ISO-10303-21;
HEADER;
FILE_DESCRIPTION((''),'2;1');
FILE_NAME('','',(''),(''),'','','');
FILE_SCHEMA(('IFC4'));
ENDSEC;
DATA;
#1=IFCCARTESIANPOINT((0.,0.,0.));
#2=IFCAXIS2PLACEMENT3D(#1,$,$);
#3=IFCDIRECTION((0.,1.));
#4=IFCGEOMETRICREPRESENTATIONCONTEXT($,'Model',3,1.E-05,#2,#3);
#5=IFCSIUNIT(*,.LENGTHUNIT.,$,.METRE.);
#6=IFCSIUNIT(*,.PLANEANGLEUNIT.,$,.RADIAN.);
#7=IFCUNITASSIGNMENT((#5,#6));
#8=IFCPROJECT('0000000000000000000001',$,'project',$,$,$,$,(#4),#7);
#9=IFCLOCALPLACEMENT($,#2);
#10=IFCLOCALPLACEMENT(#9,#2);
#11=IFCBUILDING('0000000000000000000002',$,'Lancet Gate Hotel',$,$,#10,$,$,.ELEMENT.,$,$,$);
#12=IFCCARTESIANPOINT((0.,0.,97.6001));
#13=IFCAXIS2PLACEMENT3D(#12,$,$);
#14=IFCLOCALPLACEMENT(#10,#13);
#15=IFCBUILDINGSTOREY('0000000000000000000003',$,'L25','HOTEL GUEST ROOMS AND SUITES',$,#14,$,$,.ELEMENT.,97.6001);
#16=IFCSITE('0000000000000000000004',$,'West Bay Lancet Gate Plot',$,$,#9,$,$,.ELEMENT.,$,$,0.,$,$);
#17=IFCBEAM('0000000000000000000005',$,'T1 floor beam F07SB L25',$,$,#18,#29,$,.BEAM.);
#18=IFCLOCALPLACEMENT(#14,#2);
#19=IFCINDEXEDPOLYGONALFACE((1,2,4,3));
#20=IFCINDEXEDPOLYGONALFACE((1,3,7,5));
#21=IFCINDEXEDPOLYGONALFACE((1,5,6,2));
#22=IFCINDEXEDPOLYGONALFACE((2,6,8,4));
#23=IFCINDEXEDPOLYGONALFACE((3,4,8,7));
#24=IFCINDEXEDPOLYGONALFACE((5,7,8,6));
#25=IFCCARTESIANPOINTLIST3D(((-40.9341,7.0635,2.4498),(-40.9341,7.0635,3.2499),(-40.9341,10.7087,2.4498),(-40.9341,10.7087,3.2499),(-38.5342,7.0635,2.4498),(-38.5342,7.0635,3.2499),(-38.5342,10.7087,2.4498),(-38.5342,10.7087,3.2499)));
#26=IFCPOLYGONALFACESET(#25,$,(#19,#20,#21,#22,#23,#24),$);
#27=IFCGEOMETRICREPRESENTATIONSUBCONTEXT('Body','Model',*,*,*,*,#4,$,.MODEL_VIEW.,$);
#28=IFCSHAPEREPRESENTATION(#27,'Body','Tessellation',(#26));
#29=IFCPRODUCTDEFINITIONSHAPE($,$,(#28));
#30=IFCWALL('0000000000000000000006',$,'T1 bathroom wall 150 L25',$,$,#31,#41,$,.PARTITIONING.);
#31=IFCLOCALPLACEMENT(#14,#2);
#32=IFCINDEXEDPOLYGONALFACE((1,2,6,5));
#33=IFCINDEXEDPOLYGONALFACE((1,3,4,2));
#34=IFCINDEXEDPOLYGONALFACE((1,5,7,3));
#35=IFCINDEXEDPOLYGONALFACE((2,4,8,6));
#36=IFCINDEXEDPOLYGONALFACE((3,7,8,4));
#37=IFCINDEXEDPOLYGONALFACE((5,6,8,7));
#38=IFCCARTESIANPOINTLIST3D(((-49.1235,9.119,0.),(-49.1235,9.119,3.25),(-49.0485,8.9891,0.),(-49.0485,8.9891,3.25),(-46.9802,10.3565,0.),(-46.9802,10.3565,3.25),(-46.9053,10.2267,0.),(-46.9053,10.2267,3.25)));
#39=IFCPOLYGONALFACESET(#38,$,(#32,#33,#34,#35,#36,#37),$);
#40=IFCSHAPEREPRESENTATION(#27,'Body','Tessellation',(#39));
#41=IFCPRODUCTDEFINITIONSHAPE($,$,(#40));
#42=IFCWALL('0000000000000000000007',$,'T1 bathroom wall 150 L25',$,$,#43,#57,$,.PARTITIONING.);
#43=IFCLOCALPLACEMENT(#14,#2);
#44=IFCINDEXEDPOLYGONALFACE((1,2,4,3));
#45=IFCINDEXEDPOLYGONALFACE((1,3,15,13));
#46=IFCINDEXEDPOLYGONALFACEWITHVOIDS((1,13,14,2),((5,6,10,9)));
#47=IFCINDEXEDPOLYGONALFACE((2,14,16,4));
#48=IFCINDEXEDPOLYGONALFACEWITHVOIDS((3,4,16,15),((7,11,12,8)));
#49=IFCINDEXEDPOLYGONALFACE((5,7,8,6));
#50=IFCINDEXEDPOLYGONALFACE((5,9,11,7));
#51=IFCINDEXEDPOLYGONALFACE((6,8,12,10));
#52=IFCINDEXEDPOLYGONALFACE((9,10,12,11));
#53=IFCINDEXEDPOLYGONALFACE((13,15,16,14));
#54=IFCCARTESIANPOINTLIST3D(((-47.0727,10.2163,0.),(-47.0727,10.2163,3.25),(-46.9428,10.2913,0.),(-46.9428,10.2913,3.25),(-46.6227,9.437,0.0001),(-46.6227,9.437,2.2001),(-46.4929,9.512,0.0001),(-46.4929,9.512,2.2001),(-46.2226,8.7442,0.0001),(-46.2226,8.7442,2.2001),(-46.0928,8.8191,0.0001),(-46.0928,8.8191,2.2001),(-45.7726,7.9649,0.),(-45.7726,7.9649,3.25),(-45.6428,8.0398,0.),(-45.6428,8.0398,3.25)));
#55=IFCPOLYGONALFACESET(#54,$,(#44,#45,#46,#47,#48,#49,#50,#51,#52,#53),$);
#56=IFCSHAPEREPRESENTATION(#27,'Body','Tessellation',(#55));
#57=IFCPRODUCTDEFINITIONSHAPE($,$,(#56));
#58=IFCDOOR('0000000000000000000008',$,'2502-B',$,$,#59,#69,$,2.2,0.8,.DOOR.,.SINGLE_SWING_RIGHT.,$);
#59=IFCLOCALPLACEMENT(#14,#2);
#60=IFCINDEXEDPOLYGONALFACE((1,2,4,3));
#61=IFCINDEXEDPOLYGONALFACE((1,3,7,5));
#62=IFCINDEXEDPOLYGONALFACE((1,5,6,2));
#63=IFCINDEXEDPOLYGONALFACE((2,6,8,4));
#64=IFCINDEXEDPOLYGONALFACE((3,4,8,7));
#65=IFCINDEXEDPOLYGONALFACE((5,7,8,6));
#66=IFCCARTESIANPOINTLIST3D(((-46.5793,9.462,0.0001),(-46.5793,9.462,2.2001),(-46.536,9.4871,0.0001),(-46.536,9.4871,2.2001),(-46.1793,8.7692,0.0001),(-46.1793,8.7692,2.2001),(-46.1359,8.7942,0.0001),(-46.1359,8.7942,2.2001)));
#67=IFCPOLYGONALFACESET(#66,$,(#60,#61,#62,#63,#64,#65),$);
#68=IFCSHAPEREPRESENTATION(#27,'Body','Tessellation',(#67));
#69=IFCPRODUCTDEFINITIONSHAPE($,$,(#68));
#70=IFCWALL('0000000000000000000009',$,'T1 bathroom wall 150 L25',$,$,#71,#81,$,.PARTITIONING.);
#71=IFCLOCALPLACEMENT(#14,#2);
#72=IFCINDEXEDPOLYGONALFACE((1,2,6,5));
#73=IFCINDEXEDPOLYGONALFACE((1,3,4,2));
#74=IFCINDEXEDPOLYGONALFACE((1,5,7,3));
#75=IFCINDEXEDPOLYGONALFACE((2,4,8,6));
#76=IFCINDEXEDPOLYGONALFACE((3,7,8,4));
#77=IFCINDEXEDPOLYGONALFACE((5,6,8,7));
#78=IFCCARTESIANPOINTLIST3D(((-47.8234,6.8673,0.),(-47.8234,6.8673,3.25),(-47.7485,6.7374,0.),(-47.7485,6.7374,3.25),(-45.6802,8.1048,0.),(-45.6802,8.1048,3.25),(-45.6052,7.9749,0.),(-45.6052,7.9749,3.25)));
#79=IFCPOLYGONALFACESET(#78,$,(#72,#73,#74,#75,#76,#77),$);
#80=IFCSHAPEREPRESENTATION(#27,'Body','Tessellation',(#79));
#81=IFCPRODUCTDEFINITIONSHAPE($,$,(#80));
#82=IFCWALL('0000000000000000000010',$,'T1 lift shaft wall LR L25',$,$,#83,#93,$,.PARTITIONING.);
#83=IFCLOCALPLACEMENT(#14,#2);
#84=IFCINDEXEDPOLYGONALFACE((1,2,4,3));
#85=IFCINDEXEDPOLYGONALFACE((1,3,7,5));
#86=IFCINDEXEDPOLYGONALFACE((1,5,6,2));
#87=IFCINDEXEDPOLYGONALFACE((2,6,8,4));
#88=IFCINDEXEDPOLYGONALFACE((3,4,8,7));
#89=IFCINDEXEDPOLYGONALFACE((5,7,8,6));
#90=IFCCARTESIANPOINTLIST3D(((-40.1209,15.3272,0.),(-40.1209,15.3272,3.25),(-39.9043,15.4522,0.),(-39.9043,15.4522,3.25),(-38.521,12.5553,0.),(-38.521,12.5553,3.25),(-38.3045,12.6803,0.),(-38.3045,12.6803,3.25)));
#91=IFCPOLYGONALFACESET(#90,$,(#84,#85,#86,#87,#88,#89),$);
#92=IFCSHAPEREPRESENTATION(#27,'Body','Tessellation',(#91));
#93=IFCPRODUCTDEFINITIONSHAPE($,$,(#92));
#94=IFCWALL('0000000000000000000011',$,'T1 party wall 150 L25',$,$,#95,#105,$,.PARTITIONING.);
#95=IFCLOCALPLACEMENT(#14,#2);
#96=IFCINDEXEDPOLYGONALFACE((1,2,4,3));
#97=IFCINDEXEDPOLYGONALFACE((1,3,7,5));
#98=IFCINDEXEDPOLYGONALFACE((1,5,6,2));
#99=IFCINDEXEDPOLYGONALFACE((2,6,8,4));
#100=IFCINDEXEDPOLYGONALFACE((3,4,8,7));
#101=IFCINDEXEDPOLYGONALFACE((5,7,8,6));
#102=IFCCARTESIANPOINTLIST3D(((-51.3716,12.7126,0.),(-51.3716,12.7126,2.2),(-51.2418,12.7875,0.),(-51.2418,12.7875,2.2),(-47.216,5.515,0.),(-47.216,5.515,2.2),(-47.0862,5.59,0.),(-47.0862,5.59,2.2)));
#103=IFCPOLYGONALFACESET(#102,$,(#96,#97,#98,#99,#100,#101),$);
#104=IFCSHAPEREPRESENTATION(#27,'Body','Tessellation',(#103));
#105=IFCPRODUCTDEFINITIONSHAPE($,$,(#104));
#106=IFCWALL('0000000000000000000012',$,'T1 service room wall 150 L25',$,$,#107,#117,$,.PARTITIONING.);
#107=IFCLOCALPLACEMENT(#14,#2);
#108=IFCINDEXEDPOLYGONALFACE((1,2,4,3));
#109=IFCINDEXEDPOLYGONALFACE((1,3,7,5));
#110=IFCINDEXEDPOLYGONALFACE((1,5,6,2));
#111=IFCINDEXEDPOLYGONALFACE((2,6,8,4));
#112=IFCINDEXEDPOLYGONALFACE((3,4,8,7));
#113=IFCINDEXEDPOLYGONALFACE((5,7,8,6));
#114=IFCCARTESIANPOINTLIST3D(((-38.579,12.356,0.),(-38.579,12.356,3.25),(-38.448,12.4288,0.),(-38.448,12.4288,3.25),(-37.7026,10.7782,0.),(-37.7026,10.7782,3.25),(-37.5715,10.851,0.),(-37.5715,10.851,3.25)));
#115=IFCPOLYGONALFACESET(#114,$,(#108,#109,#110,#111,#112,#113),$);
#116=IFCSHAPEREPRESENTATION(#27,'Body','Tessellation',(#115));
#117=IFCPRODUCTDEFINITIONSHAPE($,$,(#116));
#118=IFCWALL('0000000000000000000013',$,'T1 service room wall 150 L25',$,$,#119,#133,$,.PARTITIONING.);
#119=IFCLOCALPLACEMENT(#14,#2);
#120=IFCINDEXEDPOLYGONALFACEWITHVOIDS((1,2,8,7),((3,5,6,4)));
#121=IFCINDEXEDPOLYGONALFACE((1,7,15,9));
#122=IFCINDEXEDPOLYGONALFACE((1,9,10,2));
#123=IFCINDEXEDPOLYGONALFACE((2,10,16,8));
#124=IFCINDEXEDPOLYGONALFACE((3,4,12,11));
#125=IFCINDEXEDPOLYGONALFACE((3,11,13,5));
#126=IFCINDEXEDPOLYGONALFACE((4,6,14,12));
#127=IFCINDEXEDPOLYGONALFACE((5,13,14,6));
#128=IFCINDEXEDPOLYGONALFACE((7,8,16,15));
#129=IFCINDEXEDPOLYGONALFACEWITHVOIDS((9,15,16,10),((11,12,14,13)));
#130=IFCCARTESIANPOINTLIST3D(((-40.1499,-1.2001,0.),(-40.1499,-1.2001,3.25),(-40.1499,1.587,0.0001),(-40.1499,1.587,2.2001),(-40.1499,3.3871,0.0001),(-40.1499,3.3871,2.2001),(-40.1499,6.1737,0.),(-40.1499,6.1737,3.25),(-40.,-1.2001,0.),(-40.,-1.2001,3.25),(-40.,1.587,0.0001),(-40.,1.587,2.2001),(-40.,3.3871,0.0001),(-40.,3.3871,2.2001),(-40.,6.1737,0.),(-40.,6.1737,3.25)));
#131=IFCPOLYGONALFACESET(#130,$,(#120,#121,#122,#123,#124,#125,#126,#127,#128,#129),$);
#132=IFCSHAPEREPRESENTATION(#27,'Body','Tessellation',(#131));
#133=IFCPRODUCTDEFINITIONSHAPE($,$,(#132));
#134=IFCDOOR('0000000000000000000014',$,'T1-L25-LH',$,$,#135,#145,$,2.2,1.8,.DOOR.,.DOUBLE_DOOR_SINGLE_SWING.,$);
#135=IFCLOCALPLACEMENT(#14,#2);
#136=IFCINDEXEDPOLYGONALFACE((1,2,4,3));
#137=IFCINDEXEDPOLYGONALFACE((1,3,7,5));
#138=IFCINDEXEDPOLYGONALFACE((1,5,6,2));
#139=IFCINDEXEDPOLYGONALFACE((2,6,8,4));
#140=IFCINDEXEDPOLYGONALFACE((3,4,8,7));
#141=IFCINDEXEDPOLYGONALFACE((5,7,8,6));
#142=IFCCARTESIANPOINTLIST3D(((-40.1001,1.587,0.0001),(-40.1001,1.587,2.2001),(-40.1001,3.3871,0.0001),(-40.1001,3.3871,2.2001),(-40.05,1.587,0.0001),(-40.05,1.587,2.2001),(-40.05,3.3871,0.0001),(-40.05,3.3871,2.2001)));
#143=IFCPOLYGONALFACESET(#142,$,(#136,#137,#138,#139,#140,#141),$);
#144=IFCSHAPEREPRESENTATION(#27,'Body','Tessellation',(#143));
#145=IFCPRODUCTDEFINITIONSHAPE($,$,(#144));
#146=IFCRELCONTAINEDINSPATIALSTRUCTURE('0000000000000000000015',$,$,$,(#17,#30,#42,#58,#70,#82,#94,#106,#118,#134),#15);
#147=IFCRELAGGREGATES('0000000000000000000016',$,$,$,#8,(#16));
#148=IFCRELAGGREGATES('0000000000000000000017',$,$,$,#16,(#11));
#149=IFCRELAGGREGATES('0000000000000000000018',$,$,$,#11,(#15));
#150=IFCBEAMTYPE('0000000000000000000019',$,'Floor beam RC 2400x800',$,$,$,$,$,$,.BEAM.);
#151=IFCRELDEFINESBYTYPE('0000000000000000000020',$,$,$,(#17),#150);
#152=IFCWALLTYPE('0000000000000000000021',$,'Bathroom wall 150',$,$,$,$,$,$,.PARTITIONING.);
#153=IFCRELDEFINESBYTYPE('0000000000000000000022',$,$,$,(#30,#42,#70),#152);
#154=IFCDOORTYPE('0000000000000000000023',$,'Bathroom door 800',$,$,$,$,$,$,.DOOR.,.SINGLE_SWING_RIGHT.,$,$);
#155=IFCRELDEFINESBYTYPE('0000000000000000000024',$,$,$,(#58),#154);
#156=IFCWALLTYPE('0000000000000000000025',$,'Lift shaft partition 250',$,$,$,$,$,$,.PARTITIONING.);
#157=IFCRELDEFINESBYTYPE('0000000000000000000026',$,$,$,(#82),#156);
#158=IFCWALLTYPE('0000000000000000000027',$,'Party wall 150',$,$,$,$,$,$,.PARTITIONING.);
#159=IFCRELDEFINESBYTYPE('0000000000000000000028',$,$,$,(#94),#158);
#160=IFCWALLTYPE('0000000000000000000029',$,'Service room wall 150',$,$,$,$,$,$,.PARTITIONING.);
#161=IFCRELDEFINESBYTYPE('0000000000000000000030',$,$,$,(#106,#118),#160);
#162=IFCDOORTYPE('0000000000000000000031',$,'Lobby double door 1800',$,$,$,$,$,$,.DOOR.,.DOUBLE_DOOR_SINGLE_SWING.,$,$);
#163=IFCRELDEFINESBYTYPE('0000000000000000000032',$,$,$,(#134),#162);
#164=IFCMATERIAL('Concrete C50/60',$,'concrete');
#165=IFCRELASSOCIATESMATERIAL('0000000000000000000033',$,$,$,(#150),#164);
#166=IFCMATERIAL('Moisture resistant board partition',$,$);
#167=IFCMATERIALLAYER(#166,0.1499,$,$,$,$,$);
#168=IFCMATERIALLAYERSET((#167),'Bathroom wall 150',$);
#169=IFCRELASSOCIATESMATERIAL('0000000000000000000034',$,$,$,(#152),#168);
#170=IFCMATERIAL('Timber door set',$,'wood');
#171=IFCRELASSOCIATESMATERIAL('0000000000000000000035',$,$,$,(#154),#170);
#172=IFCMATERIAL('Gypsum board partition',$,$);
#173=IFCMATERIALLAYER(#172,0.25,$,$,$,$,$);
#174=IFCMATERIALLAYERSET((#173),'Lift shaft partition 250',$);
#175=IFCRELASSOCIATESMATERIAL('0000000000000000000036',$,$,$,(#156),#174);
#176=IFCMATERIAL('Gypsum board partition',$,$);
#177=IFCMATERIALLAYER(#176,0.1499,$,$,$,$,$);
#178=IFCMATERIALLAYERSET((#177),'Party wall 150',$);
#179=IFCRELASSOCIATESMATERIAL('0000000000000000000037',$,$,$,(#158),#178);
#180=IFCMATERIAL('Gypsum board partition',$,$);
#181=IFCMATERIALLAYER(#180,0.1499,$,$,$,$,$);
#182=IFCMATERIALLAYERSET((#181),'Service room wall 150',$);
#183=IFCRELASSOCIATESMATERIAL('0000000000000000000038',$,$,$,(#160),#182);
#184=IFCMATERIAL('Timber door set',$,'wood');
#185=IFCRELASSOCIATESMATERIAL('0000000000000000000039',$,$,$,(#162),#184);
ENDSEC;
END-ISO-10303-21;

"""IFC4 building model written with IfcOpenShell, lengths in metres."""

from ifc_helpers import new_model, si_unit, direction, frame, frame_2d, origin, origin_2d, place, context, subcontext, project, spatial, rectangle, extrude, material, layer, layer_set, material_profile, profile_set, type_object, element, fill, save


model = new_model("IFC4")

# Units and contexts
model_context = context("Model", 3, precision=1e-05, world=origin(), true_north=direction((0.0, 1.0)))
body_context = subcontext(model_context, "Body", "Model", "MODEL_VIEW")
ifc_project = project(units=[si_unit("LENGTHUNIT", "METRE"), si_unit("PLANEANGLEUNIT", "RADIAN")], contexts=[model_context])

# Site, building, storey
site_placement = place(None, origin())
site = spatial("IfcSite", under=ifc_project, at=site_placement, Name="West Bay Lancet Gate Plot", CompositionType="ELEMENT", RefElevation=0.0)
building_placement = place(site_placement, origin())
building = spatial("IfcBuilding", under=site, at=building_placement, Name="Lancet Gate Hotel", CompositionType="ELEMENT")
storey_placement = place(building_placement, frame((0.0, 0.0, 97.6001)))
storey = spatial("IfcBuildingStorey", under=building, at=storey_placement, Name="L25", Description="HOTEL GUEST ROOMS AND SUITES", CompositionType="ELEMENT", Elevation=97.6001)

# Beam
ifc_material_1 = material(Name="Concrete C50/60", Category="concrete")
ifc_material_profile_1 = material_profile(ifc_material_1, rectangle(XDim=2.3999, YDim=0.8, at=origin_2d()), Name="RC 2400x800")
ifc_profile_set_1 = profile_set([ifc_material_profile_1], Name="Concrete C50/60")
beam_type_1 = type_object("IfcBeamType", Name="Floor beam RC 2400x800", PredefinedType="BEAM", material=ifc_profile_set_1)
beam_1_placement = place(storey_placement, frame((-39.7341, 10.7087, 2.8499), z_axis=(0.0, -1.0, 0.0), x_axis=(1.0, 0.0, 0.0)))
element("IfcBeam", 1, at=beam_1_placement, inside=storey, type_object=beam_type_1, Name="T1 floor beam F07SB L25", PredefinedType="BEAM", context=body_context, shape_type="SweptSolid", body=[
    extrude(rectangle(XDim=2.3999, YDim=0.8, at=origin_2d()), origin(), (0.0, 0.0, 1.0), 3.6453),
])

# Wall
ifc_material_2 = material(Name="Moisture resistant board partition")
ifc_layer_1 = layer(ifc_material_2, 0.1499)
ifc_layer_set_1 = layer_set([ifc_layer_1], Name="Bathroom wall 150")
wall_type_1 = type_object("IfcWallType", Name="Bathroom wall 150", PredefinedType="PARTITIONING", material=ifc_layer_set_1)
wall_1_placement = place(storey_placement, frame((-46.9429, 10.2915, 0.0), z_axis=(0.0, 0.0, 1.0), x_axis=(-0.866007, -0.500033, 0.0)))
element("IfcWall", 2, at=wall_1_placement, inside=storey, type_object=wall_type_1, Name="T1 bathroom wall 150 L25", PredefinedType="PARTITIONING", context=body_context, shape_type="SweptSolid", body=[
    extrude(rectangle(XDim=2.4749, YDim=0.1499, at=frame_2d((1.2373, 0.0))), origin(), (0.0, 0.0, 1.0), 3.25),
])

# Wall, opening, door
wall_2_placement = place(storey_placement, frame((-45.7078, 8.0024, 0.0), z_axis=(0.0, 0.0, 1.0), x_axis=(-0.500048, 0.865998, 0.0)))
wall_2 = element("IfcWall", 3, at=wall_2_placement, inside=storey, type_object=wall_type_1, Name="T1 bathroom wall 150 L25", PredefinedType="PARTITIONING", context=body_context, shape_type="SweptSolid", body=[
    extrude(rectangle(XDim=2.5999, YDim=0.1499, at=frame_2d((1.2998, 0.0))), origin(), (0.0, 0.0, 1.0), 3.25),
])
opening_1_placement = place(wall_2_placement, frame((0.8999, 0.0, 0.0)))
opening_1 = element("IfcOpeningElement", 4, at=opening_1_placement, cuts=wall_2, PredefinedType="OPENING", context=body_context, shape_type="SweptSolid", body=[
    extrude(rectangle(XDim=0.8, YDim=2.2, at=frame_2d((0.3999, 1.1001))), frame((0.0, 0.085, 0.0), z_axis=(0.0, -1.0, 0.0), x_axis=(1.0, 0.0, 0.0)), (0.0, 0.0, 1.0), 0.1699),
])
ifc_material_3 = material(Name="Timber door set", Category="wood")
door_type_1 = type_object("IfcDoorType", Name="Bathroom door 800", OperationType="SINGLE_SWING_RIGHT", PredefinedType="DOOR", material=ifc_material_3)
door_1_placement = place(opening_1_placement, origin())
door_1 = element("IfcDoor", 5, at=door_1_placement, inside=storey, type_object=door_type_1, Name="2502-B", OperationType="SINGLE_SWING_RIGHT", OverallHeight=2.2, OverallWidth=0.8, PredefinedType="DOOR", context=body_context, shape_type="SweptSolid", body=[
    extrude(rectangle(XDim=0.8, YDim=2.2, at=frame_2d((0.3999, 1.1001))), frame((0.0, 0.0249, 0.0), z_axis=(0.0, -1.0, 0.0), x_axis=(1.0, 0.0, 0.0)), (0.0, 0.0, 1.0), 0.05),
])
fill(opening_1, door_1)

# Walls
wall_3_placement = place(storey_placement, frame((-45.6428, 8.0398, 0.0), z_axis=(0.0, 0.0, 1.0), x_axis=(-0.866007, -0.500033, 0.0)))
element("IfcWall", 6, at=wall_3_placement, inside=storey, type_object=wall_type_1, Name="T1 bathroom wall 150 L25", PredefinedType="PARTITIONING", context=body_context, shape_type="SweptSolid", body=[
    extrude(rectangle(XDim=2.4749, YDim=0.1499, at=frame_2d((1.2373, 0.0))), origin(), (0.0, 0.0, 1.0), 3.25),
])
ifc_material_4 = material(Name="Gypsum board partition")
ifc_layer_2 = layer(ifc_material_4, 0.25)
ifc_layer_set_2 = layer_set([ifc_layer_2], Name="Lift shaft partition 250")
wall_type_2 = type_object("IfcWallType", Name="Lift shaft partition 250", PredefinedType="PARTITIONING", material=ifc_layer_set_2)
wall_4_placement = place(storey_placement, frame((-38.4128, 12.6179, 0.0), z_axis=(0.0, 0.0, 1.0), x_axis=(-0.499872, 0.866099, 0.0)))
element("IfcWall", 7, at=wall_4_placement, inside=storey, type_object=wall_type_2, Name="T1 lift shaft wall LR L25", PredefinedType="PARTITIONING", context=body_context, shape_type="SweptSolid", body=[
    extrude(rectangle(XDim=3.2004, YDim=0.25, at=frame_2d((1.6001, 0.0))), origin(), (0.0, 0.0, 1.0), 3.25),
])
ifc_material_5 = material(Name="Gypsum board partition")
ifc_layer_3 = layer(ifc_material_5, 0.1499)
ifc_layer_set_3 = layer_set([ifc_layer_3], Name="Party wall 150")
wall_type_3 = type_object("IfcWallType", Name="Party wall 150", PredefinedType="PARTITIONING", material=ifc_layer_set_3)
wall_5_placement = place(storey_placement, frame((-47.1511, 5.5525, 0.0), z_axis=(0.0, 0.0, 1.0), x_axis=(-0.500003, 0.866024, 0.0)))
element("IfcWall", 8, at=wall_5_placement, inside=storey, type_object=wall_type_3, Name="T1 party wall 150 L25", PredefinedType="PARTITIONING", context=body_context, shape_type="SweptSolid", body=[
    extrude(rectangle(XDim=8.311, YDim=0.1499, at=frame_2d((4.1555, 0.0))), origin(), (0.0, 0.0, 1.0), 2.2),
])
ifc_material_6 = material(Name="Gypsum board partition")
ifc_layer_4 = layer(ifc_material_6, 0.1499)
ifc_layer_set_4 = layer_set([ifc_layer_4], Name="Service room wall 150")
wall_type_4 = type_object("IfcWallType", Name="Service room wall 150", PredefinedType="PARTITIONING", material=ifc_layer_set_4)
wall_6_placement = place(storey_placement, frame((-38.5134, 12.3923, 0.0), z_axis=(0.0, 0.0, 1.0), x_axis=(0.485586, -0.874189, 0.0)))
element("IfcWall", 9, at=wall_6_placement, inside=storey, type_object=wall_type_4, Name="T1 service room wall 150 L25", PredefinedType="PARTITIONING", context=body_context, shape_type="SweptSolid", body=[
    extrude(rectangle(XDim=1.8049, YDim=0.1499, at=frame_2d((0.9023, 0.0))), origin(), (0.0, 0.0, 1.0), 3.25),
])

# Wall, opening, door
wall_7_placement = place(storey_placement, frame((-40.075, 6.1738, 0.0), z_axis=(0.0, 0.0, 1.0), x_axis=(0.0, -1.0, 0.0)))
wall_7 = element("IfcWall", 10, at=wall_7_placement, inside=storey, type_object=wall_type_4, Name="T1 service room wall 150 L25", PredefinedType="PARTITIONING", context=body_context, shape_type="SweptSolid", body=[
    extrude(rectangle(XDim=7.3738, YDim=0.1499, at=frame_2d((3.687, 0.0))), origin(), (0.0, 0.0, 1.0), 3.25),
])
opening_2_placement = place(wall_7_placement, frame((2.7869, 0.0, 0.0)))
opening_2 = element("IfcOpeningElement", 11, at=opening_2_placement, cuts=wall_7, PredefinedType="OPENING", context=body_context, shape_type="SweptSolid", body=[
    extrude(rectangle(XDim=1.8, YDim=2.2, at=frame_2d((0.8999, 1.1001))), frame((0.0, 0.085, 0.0), z_axis=(0.0, -1.0, 0.0), x_axis=(1.0, 0.0, 0.0)), (0.0, 0.0, 1.0), 0.1699),
])
ifc_material_7 = material(Name="Timber door set", Category="wood")
door_type_2 = type_object("IfcDoorType", Name="Lobby double door 1800", OperationType="DOUBLE_DOOR_SINGLE_SWING", PredefinedType="DOOR", material=ifc_material_7)
door_2_placement = place(opening_2_placement, origin())
door_2 = element("IfcDoor", 12, at=door_2_placement, inside=storey, type_object=door_type_2, Name="T1-L25-LH", OperationType="DOUBLE_DOOR_SINGLE_SWING", OverallHeight=2.2, OverallWidth=1.8, PredefinedType="DOOR", context=body_context, shape_type="SweptSolid", body=[
    extrude(rectangle(XDim=1.8, YDim=2.2, at=frame_2d((0.8999, 1.1001))), frame((0.0, 0.0249, 0.0), z_axis=(0.0, -1.0, 0.0), x_axis=(1.0, 0.0, 0.0)), (0.0, 0.0, 1.0), 0.05),
])
fill(opening_2, door_2)

save(model, "model.ifc")
